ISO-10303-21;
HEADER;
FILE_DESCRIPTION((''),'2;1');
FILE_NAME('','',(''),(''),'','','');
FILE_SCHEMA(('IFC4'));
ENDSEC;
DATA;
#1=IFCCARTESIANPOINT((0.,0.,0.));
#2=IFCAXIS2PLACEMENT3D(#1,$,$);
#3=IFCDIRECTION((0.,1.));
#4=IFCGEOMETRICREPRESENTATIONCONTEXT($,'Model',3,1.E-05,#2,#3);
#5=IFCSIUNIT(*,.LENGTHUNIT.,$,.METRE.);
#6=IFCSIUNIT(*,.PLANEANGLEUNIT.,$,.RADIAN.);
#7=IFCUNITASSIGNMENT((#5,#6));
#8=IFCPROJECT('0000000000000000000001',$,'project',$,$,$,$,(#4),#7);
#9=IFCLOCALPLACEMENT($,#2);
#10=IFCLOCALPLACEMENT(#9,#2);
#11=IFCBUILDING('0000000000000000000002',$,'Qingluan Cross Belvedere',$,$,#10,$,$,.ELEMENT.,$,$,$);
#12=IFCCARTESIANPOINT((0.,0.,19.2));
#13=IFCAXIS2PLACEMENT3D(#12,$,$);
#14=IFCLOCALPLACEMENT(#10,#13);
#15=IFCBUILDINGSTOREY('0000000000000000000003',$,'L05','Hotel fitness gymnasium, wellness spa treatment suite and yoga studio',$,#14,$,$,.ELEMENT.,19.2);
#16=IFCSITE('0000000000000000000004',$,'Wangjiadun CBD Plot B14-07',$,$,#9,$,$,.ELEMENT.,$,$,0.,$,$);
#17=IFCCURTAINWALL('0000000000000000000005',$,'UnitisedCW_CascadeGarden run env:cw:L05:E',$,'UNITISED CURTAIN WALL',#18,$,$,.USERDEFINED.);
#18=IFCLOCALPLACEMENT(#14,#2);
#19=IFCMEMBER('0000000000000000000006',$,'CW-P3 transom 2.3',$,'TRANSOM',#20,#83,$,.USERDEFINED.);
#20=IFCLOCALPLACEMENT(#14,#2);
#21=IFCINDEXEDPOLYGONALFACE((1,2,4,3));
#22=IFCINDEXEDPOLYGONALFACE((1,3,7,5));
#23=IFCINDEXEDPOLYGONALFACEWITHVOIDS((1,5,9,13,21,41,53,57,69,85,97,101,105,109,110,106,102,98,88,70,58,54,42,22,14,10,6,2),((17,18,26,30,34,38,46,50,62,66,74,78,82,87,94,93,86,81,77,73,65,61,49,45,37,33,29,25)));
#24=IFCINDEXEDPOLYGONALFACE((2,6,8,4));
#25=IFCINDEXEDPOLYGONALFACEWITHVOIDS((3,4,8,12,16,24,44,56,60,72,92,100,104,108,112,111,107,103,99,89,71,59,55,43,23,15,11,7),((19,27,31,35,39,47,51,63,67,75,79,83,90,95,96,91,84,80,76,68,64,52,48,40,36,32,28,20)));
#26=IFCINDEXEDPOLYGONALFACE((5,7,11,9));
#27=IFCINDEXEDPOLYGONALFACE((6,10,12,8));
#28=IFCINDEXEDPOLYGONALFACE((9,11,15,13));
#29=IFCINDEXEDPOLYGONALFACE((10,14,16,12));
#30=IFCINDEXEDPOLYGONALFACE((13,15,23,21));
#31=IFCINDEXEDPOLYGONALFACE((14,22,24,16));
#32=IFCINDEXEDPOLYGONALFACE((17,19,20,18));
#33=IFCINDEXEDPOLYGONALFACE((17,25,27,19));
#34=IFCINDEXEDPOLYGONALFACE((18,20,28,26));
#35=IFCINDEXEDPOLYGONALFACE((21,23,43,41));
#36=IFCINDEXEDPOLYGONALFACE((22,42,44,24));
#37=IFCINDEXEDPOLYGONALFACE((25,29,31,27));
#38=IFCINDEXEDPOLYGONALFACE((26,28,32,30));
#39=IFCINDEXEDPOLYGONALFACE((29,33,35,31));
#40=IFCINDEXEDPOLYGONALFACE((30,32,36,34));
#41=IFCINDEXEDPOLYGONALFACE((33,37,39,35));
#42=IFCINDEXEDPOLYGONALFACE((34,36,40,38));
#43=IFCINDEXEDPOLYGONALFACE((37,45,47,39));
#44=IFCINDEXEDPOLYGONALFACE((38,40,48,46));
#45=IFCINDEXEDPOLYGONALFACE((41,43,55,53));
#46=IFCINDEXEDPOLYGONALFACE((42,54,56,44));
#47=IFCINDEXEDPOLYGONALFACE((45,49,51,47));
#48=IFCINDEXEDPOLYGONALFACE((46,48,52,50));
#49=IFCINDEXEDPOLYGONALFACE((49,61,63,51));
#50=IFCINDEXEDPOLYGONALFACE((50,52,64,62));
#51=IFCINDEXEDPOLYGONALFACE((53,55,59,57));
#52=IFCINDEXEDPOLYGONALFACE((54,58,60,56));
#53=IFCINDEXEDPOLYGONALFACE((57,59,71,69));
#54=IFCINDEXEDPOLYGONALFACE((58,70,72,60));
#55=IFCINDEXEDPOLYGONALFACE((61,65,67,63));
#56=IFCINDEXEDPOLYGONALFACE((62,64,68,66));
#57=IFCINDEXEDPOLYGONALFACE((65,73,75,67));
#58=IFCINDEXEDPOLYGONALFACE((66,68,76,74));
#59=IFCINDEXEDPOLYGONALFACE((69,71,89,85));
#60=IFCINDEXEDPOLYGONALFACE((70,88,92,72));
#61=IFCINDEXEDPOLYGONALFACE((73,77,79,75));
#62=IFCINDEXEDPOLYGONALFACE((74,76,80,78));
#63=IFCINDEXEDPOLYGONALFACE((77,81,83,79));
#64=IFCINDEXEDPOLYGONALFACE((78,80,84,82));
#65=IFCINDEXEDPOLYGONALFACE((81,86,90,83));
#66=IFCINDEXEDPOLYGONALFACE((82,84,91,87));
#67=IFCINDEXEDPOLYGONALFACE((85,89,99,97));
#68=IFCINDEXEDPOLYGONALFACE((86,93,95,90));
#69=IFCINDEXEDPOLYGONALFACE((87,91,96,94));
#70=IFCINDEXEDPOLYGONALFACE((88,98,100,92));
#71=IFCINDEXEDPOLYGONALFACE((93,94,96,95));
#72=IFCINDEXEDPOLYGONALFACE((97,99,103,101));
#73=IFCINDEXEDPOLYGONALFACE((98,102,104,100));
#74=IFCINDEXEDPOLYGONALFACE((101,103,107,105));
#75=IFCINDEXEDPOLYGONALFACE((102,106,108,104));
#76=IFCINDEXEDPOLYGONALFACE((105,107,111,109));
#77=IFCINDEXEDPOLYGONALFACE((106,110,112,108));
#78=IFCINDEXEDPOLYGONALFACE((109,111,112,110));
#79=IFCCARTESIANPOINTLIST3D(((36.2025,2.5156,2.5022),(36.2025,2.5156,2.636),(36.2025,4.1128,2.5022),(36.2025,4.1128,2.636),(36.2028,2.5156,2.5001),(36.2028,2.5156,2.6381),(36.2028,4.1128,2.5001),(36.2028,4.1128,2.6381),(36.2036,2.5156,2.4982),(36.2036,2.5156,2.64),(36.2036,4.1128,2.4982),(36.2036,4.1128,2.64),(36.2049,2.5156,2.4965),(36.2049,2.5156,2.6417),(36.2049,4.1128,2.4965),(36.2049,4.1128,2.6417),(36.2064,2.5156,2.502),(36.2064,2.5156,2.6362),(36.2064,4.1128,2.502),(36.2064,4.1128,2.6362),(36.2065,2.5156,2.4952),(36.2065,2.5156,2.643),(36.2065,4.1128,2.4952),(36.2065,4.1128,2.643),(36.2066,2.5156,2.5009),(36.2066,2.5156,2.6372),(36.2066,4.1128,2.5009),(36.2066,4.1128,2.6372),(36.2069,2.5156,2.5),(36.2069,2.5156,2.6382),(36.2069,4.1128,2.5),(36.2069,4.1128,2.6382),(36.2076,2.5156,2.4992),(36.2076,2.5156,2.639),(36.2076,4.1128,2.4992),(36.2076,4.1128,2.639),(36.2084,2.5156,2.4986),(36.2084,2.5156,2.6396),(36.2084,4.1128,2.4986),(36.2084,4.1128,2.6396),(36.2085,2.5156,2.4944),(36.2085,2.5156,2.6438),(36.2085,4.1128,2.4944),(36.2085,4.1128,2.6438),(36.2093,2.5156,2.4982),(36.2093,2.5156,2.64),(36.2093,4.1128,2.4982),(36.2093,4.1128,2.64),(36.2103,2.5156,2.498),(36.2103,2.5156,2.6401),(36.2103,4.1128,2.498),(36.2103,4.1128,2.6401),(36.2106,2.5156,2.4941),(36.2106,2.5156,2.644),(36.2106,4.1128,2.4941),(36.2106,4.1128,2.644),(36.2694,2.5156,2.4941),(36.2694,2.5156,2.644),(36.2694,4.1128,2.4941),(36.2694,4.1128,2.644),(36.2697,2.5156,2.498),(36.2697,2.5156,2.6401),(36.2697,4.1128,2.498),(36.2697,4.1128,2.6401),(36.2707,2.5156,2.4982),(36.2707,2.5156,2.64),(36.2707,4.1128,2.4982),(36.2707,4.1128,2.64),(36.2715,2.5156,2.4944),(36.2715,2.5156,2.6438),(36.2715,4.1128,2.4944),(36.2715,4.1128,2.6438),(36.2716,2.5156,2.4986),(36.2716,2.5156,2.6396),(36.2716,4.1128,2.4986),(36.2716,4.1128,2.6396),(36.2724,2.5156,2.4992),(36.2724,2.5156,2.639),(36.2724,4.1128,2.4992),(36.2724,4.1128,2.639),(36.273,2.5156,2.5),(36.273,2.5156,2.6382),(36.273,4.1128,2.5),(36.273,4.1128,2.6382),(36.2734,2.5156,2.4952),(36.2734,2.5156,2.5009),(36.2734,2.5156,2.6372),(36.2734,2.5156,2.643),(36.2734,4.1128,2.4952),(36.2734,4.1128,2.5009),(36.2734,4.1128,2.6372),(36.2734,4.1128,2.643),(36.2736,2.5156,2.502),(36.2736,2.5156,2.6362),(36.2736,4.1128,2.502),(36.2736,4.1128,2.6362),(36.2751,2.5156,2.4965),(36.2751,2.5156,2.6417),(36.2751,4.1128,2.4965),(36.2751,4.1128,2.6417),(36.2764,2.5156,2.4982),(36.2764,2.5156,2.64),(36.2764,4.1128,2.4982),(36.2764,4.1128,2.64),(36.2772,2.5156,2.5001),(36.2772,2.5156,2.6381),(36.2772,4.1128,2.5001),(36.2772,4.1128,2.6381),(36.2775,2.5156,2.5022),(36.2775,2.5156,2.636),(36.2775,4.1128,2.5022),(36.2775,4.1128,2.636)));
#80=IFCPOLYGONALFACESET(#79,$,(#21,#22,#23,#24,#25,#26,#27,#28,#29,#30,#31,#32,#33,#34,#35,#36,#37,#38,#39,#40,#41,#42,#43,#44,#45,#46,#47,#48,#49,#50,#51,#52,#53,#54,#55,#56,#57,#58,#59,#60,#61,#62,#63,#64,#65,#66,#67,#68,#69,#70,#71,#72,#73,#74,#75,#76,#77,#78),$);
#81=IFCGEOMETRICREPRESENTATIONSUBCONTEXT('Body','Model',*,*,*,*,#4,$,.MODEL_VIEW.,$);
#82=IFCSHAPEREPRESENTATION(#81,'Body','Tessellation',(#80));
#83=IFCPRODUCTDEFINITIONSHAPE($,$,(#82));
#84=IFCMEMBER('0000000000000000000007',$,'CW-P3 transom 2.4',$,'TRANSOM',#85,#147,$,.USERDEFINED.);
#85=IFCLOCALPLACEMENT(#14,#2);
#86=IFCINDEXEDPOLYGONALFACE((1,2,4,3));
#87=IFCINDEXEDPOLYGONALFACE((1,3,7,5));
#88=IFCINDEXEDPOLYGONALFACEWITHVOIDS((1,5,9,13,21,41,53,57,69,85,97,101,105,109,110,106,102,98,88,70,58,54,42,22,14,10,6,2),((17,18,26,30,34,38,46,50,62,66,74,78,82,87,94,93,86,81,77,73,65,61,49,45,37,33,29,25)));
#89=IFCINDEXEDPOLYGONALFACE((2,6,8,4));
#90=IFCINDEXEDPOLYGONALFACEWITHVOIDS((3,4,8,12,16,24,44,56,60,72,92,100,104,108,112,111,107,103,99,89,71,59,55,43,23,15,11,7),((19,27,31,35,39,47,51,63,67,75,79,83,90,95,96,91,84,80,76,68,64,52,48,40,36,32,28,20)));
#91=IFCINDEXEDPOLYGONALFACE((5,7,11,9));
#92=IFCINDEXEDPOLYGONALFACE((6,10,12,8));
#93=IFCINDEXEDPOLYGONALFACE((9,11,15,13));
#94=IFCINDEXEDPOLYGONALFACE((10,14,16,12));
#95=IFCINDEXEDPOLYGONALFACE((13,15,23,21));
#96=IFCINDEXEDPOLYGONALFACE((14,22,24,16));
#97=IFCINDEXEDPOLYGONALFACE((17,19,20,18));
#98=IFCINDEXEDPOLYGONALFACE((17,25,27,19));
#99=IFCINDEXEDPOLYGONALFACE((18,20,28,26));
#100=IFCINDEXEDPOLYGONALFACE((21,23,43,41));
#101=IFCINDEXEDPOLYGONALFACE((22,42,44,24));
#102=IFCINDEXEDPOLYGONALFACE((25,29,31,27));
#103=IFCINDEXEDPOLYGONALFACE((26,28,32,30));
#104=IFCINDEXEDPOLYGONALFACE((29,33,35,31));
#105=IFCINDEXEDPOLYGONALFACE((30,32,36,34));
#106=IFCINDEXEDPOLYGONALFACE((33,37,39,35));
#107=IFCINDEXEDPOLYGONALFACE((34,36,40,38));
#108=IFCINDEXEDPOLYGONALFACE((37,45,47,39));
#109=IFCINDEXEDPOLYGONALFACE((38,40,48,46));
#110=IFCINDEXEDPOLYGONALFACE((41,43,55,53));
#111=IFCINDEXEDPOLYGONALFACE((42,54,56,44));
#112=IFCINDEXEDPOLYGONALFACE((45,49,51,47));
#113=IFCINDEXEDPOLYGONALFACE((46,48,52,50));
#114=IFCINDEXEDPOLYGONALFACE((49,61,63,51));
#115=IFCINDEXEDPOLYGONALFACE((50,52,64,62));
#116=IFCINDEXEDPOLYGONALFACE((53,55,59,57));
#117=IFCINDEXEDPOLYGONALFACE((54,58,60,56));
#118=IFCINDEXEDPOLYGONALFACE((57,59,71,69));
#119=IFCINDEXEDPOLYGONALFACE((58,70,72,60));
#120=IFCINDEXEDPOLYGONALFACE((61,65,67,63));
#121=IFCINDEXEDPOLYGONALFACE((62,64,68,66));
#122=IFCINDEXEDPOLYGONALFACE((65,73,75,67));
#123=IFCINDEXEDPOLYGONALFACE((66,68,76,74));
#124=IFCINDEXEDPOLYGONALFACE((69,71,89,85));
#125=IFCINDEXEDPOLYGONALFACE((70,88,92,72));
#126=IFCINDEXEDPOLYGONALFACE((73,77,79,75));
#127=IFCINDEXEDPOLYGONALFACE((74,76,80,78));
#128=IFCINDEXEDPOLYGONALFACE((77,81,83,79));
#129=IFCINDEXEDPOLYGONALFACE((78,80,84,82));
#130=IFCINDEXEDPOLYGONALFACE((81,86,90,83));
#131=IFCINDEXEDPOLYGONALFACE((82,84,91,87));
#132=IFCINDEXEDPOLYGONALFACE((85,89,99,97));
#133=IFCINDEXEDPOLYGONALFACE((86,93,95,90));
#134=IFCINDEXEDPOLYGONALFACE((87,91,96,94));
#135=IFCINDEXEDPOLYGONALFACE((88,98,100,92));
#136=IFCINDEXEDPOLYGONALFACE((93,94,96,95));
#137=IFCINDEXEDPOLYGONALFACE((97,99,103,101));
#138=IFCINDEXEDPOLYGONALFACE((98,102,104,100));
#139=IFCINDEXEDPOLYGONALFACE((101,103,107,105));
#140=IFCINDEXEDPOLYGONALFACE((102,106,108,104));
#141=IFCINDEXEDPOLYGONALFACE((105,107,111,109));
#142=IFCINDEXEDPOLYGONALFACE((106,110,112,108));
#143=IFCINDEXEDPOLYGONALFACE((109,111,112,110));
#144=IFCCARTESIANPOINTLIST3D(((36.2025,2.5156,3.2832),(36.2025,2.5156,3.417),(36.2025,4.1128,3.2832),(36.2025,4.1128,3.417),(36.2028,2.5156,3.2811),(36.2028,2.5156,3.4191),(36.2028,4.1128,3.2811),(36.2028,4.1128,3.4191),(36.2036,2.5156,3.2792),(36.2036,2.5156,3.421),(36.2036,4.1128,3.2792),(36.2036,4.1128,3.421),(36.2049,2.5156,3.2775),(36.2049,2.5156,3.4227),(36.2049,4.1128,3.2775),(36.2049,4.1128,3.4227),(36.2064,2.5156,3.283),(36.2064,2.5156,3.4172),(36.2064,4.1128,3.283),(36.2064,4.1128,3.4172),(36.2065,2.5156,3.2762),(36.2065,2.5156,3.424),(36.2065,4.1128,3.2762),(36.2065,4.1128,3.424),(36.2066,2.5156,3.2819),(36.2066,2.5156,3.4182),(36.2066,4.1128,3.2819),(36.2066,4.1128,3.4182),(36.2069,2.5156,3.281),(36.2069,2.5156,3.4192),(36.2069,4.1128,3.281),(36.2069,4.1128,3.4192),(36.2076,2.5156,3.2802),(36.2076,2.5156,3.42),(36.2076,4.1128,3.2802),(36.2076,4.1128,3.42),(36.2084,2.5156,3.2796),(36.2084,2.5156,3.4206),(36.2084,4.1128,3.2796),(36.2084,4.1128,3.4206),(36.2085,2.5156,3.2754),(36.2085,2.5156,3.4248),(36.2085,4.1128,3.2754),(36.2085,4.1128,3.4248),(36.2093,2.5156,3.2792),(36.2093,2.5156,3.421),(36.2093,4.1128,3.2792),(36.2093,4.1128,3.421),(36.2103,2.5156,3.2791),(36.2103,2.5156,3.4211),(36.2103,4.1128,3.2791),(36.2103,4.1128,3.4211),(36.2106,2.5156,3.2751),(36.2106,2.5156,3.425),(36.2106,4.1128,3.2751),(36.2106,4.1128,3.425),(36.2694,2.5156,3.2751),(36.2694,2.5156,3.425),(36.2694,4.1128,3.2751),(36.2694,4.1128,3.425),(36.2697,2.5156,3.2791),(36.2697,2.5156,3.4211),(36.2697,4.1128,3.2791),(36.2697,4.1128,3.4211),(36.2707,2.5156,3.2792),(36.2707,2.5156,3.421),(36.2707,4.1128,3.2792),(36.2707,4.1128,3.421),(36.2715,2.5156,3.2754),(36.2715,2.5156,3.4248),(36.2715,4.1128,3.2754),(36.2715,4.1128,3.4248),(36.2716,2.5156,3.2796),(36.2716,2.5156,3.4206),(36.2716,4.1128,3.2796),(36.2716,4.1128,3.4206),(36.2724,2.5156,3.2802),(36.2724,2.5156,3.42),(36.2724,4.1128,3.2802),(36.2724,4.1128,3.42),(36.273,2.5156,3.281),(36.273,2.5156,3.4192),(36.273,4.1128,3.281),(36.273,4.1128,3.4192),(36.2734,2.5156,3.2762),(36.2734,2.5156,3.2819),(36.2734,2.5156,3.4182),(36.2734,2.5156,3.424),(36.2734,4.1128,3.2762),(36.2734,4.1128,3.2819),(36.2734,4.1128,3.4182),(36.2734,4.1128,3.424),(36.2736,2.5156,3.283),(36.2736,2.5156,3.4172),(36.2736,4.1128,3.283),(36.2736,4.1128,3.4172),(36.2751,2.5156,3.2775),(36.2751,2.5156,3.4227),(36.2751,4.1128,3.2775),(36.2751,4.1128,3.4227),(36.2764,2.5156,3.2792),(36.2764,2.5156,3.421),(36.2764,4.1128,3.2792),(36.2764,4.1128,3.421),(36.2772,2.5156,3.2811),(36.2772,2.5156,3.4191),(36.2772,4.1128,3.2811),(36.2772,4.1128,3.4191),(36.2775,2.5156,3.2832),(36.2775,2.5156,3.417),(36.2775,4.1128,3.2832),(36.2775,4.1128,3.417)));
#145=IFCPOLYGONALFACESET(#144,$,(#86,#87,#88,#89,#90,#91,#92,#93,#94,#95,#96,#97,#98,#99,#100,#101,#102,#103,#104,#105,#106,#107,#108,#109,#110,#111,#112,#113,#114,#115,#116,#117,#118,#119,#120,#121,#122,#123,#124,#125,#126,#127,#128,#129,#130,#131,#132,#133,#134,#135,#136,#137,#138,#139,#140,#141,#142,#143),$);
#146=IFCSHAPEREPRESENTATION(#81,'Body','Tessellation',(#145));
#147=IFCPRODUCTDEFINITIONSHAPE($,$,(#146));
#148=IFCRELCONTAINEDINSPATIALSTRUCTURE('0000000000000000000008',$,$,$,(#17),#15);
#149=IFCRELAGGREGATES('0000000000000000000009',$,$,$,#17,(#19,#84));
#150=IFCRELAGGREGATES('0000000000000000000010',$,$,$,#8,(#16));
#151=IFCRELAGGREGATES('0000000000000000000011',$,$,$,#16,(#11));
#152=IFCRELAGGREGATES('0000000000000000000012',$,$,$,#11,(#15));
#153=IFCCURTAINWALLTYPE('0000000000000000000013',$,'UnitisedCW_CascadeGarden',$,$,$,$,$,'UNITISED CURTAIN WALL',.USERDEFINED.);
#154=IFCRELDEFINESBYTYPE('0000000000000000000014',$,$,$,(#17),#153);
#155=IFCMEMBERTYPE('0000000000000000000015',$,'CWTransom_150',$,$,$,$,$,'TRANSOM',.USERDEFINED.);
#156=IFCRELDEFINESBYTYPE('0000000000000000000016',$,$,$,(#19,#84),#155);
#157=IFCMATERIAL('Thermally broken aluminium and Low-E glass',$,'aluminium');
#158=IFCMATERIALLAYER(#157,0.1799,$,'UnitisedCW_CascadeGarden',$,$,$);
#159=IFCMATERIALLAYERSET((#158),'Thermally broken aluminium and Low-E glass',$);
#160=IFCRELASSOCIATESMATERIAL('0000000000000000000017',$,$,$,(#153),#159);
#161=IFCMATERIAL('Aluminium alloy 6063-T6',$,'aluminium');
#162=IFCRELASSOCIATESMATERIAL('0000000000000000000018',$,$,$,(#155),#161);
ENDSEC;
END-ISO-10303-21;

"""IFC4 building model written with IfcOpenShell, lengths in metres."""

from ifc_helpers import new_model, si_unit, direction, frame, origin, origin_2d, place, context, subcontext, project, spatial, hollow_rectangle, extrude, material, layer, layer_set, material_profile, profile_set, type_object, element, aggregate, save


model = new_model("IFC4")

# Units and contexts
model_context = context("Model", 3, precision=1e-05, world=origin(), true_north=direction((0.0, 1.0)))
body_context = subcontext(model_context, "Body", "Model", "MODEL_VIEW")
ifc_project = project(units=[si_unit("LENGTHUNIT", "METRE"), si_unit("PLANEANGLEUNIT", "RADIAN")], contexts=[model_context])

# Site, building, storey
site_placement = place(None, origin())
site = spatial("IfcSite", under=ifc_project, at=site_placement, Name="Wangjiadun CBD Plot B14-07", CompositionType="ELEMENT", RefElevation=0.0)
building_placement = place(site_placement, origin())
building = spatial("IfcBuilding", under=site, at=building_placement, Name="Qingluan Cross Belvedere", CompositionType="ELEMENT")
storey_placement = place(building_placement, frame((0.0, 0.0, 19.2)))
storey = spatial("IfcBuildingStorey", under=building, at=storey_placement, Name="L05", Description="Hotel fitness gymnasium, wellness spa treatment suite and yoga studio", CompositionType="ELEMENT", Elevation=19.2)

# Curtain wall, members
ifc_material_1 = material(Name="Thermally broken aluminium and Low-E glass", Category="aluminium")
ifc_layer_1 = layer(ifc_material_1, 0.1799, Name="UnitisedCW_CascadeGarden")
ifc_layer_set_1 = layer_set([ifc_layer_1], Name="Thermally broken aluminium and Low-E glass")
curtain_wall_type = type_object("IfcCurtainWallType", Name="UnitisedCW_CascadeGarden", ElementType="UNITISED CURTAIN WALL", PredefinedType="USERDEFINED", material=ifc_layer_set_1)
curtain_wall_placement = place(storey_placement, origin())
curtain_wall = element("IfcCurtainWall", 1, at=curtain_wall_placement, inside=storey, type_object=curtain_wall_type, Name="UnitisedCW_CascadeGarden run env:cw:L05:E", ObjectType="UNITISED CURTAIN WALL", PredefinedType="USERDEFINED")
ifc_material_2 = material(Name="Aluminium alloy 6063-T6", Category="aluminium")
ifc_material_profile_1 = material_profile(ifc_material_2, hollow_rectangle(XDim=0.075, YDim=0.1499, WallThickness=0.0039, InnerFilletRadius=0.0039, OuterFilletRadius=0.0081, at=origin_2d()), Name="CWT150x75x4")
ifc_profile_set_1 = profile_set([ifc_material_profile_1], Name="Aluminium alloy 6063-T6")
member_type_1 = type_object("IfcMemberType", Name="CWTransom_150", ElementType="TRANSOM", PredefinedType="USERDEFINED", material=ifc_profile_set_1)
member_1_placement = place(storey_placement, frame((36.24, 4.1128, 2.5691), z_axis=(0.0, -1.0, 0.0), x_axis=(1.0, 0.0, 0.0)))
member_1 = element("IfcMember", 2, at=member_1_placement, type_object=member_type_1, Name="CW-P3 transom 2.3", ObjectType="TRANSOM", PredefinedType="USERDEFINED", context=body_context, shape_type="SweptSolid", body=[
    extrude(hollow_rectangle(XDim=0.075, YDim=0.1499, WallThickness=0.0039, InnerFilletRadius=0.0039, OuterFilletRadius=0.0081, at=origin_2d()), origin(), (0.0, 0.0, 1.0), 1.5972),
])
member_2_placement = place(storey_placement, frame((36.24, 4.1128, 3.3501), z_axis=(0.0, -1.0, 0.0), x_axis=(1.0, 0.0, 0.0)))
member_2 = element("IfcMember", 3, at=member_2_placement, type_object=member_type_1, Name="CW-P3 transom 2.4", ObjectType="TRANSOM", PredefinedType="USERDEFINED", context=body_context, shape_type="SweptSolid", body=[
    extrude(hollow_rectangle(XDim=0.075, YDim=0.1499, WallThickness=0.0039, InnerFilletRadius=0.0039, OuterFilletRadius=0.0081, at=origin_2d()), origin(), (0.0, 0.0, 1.0), 1.5972),
])
aggregate(curtain_wall, [member_1, member_2])

save(model, "model.ifc")
